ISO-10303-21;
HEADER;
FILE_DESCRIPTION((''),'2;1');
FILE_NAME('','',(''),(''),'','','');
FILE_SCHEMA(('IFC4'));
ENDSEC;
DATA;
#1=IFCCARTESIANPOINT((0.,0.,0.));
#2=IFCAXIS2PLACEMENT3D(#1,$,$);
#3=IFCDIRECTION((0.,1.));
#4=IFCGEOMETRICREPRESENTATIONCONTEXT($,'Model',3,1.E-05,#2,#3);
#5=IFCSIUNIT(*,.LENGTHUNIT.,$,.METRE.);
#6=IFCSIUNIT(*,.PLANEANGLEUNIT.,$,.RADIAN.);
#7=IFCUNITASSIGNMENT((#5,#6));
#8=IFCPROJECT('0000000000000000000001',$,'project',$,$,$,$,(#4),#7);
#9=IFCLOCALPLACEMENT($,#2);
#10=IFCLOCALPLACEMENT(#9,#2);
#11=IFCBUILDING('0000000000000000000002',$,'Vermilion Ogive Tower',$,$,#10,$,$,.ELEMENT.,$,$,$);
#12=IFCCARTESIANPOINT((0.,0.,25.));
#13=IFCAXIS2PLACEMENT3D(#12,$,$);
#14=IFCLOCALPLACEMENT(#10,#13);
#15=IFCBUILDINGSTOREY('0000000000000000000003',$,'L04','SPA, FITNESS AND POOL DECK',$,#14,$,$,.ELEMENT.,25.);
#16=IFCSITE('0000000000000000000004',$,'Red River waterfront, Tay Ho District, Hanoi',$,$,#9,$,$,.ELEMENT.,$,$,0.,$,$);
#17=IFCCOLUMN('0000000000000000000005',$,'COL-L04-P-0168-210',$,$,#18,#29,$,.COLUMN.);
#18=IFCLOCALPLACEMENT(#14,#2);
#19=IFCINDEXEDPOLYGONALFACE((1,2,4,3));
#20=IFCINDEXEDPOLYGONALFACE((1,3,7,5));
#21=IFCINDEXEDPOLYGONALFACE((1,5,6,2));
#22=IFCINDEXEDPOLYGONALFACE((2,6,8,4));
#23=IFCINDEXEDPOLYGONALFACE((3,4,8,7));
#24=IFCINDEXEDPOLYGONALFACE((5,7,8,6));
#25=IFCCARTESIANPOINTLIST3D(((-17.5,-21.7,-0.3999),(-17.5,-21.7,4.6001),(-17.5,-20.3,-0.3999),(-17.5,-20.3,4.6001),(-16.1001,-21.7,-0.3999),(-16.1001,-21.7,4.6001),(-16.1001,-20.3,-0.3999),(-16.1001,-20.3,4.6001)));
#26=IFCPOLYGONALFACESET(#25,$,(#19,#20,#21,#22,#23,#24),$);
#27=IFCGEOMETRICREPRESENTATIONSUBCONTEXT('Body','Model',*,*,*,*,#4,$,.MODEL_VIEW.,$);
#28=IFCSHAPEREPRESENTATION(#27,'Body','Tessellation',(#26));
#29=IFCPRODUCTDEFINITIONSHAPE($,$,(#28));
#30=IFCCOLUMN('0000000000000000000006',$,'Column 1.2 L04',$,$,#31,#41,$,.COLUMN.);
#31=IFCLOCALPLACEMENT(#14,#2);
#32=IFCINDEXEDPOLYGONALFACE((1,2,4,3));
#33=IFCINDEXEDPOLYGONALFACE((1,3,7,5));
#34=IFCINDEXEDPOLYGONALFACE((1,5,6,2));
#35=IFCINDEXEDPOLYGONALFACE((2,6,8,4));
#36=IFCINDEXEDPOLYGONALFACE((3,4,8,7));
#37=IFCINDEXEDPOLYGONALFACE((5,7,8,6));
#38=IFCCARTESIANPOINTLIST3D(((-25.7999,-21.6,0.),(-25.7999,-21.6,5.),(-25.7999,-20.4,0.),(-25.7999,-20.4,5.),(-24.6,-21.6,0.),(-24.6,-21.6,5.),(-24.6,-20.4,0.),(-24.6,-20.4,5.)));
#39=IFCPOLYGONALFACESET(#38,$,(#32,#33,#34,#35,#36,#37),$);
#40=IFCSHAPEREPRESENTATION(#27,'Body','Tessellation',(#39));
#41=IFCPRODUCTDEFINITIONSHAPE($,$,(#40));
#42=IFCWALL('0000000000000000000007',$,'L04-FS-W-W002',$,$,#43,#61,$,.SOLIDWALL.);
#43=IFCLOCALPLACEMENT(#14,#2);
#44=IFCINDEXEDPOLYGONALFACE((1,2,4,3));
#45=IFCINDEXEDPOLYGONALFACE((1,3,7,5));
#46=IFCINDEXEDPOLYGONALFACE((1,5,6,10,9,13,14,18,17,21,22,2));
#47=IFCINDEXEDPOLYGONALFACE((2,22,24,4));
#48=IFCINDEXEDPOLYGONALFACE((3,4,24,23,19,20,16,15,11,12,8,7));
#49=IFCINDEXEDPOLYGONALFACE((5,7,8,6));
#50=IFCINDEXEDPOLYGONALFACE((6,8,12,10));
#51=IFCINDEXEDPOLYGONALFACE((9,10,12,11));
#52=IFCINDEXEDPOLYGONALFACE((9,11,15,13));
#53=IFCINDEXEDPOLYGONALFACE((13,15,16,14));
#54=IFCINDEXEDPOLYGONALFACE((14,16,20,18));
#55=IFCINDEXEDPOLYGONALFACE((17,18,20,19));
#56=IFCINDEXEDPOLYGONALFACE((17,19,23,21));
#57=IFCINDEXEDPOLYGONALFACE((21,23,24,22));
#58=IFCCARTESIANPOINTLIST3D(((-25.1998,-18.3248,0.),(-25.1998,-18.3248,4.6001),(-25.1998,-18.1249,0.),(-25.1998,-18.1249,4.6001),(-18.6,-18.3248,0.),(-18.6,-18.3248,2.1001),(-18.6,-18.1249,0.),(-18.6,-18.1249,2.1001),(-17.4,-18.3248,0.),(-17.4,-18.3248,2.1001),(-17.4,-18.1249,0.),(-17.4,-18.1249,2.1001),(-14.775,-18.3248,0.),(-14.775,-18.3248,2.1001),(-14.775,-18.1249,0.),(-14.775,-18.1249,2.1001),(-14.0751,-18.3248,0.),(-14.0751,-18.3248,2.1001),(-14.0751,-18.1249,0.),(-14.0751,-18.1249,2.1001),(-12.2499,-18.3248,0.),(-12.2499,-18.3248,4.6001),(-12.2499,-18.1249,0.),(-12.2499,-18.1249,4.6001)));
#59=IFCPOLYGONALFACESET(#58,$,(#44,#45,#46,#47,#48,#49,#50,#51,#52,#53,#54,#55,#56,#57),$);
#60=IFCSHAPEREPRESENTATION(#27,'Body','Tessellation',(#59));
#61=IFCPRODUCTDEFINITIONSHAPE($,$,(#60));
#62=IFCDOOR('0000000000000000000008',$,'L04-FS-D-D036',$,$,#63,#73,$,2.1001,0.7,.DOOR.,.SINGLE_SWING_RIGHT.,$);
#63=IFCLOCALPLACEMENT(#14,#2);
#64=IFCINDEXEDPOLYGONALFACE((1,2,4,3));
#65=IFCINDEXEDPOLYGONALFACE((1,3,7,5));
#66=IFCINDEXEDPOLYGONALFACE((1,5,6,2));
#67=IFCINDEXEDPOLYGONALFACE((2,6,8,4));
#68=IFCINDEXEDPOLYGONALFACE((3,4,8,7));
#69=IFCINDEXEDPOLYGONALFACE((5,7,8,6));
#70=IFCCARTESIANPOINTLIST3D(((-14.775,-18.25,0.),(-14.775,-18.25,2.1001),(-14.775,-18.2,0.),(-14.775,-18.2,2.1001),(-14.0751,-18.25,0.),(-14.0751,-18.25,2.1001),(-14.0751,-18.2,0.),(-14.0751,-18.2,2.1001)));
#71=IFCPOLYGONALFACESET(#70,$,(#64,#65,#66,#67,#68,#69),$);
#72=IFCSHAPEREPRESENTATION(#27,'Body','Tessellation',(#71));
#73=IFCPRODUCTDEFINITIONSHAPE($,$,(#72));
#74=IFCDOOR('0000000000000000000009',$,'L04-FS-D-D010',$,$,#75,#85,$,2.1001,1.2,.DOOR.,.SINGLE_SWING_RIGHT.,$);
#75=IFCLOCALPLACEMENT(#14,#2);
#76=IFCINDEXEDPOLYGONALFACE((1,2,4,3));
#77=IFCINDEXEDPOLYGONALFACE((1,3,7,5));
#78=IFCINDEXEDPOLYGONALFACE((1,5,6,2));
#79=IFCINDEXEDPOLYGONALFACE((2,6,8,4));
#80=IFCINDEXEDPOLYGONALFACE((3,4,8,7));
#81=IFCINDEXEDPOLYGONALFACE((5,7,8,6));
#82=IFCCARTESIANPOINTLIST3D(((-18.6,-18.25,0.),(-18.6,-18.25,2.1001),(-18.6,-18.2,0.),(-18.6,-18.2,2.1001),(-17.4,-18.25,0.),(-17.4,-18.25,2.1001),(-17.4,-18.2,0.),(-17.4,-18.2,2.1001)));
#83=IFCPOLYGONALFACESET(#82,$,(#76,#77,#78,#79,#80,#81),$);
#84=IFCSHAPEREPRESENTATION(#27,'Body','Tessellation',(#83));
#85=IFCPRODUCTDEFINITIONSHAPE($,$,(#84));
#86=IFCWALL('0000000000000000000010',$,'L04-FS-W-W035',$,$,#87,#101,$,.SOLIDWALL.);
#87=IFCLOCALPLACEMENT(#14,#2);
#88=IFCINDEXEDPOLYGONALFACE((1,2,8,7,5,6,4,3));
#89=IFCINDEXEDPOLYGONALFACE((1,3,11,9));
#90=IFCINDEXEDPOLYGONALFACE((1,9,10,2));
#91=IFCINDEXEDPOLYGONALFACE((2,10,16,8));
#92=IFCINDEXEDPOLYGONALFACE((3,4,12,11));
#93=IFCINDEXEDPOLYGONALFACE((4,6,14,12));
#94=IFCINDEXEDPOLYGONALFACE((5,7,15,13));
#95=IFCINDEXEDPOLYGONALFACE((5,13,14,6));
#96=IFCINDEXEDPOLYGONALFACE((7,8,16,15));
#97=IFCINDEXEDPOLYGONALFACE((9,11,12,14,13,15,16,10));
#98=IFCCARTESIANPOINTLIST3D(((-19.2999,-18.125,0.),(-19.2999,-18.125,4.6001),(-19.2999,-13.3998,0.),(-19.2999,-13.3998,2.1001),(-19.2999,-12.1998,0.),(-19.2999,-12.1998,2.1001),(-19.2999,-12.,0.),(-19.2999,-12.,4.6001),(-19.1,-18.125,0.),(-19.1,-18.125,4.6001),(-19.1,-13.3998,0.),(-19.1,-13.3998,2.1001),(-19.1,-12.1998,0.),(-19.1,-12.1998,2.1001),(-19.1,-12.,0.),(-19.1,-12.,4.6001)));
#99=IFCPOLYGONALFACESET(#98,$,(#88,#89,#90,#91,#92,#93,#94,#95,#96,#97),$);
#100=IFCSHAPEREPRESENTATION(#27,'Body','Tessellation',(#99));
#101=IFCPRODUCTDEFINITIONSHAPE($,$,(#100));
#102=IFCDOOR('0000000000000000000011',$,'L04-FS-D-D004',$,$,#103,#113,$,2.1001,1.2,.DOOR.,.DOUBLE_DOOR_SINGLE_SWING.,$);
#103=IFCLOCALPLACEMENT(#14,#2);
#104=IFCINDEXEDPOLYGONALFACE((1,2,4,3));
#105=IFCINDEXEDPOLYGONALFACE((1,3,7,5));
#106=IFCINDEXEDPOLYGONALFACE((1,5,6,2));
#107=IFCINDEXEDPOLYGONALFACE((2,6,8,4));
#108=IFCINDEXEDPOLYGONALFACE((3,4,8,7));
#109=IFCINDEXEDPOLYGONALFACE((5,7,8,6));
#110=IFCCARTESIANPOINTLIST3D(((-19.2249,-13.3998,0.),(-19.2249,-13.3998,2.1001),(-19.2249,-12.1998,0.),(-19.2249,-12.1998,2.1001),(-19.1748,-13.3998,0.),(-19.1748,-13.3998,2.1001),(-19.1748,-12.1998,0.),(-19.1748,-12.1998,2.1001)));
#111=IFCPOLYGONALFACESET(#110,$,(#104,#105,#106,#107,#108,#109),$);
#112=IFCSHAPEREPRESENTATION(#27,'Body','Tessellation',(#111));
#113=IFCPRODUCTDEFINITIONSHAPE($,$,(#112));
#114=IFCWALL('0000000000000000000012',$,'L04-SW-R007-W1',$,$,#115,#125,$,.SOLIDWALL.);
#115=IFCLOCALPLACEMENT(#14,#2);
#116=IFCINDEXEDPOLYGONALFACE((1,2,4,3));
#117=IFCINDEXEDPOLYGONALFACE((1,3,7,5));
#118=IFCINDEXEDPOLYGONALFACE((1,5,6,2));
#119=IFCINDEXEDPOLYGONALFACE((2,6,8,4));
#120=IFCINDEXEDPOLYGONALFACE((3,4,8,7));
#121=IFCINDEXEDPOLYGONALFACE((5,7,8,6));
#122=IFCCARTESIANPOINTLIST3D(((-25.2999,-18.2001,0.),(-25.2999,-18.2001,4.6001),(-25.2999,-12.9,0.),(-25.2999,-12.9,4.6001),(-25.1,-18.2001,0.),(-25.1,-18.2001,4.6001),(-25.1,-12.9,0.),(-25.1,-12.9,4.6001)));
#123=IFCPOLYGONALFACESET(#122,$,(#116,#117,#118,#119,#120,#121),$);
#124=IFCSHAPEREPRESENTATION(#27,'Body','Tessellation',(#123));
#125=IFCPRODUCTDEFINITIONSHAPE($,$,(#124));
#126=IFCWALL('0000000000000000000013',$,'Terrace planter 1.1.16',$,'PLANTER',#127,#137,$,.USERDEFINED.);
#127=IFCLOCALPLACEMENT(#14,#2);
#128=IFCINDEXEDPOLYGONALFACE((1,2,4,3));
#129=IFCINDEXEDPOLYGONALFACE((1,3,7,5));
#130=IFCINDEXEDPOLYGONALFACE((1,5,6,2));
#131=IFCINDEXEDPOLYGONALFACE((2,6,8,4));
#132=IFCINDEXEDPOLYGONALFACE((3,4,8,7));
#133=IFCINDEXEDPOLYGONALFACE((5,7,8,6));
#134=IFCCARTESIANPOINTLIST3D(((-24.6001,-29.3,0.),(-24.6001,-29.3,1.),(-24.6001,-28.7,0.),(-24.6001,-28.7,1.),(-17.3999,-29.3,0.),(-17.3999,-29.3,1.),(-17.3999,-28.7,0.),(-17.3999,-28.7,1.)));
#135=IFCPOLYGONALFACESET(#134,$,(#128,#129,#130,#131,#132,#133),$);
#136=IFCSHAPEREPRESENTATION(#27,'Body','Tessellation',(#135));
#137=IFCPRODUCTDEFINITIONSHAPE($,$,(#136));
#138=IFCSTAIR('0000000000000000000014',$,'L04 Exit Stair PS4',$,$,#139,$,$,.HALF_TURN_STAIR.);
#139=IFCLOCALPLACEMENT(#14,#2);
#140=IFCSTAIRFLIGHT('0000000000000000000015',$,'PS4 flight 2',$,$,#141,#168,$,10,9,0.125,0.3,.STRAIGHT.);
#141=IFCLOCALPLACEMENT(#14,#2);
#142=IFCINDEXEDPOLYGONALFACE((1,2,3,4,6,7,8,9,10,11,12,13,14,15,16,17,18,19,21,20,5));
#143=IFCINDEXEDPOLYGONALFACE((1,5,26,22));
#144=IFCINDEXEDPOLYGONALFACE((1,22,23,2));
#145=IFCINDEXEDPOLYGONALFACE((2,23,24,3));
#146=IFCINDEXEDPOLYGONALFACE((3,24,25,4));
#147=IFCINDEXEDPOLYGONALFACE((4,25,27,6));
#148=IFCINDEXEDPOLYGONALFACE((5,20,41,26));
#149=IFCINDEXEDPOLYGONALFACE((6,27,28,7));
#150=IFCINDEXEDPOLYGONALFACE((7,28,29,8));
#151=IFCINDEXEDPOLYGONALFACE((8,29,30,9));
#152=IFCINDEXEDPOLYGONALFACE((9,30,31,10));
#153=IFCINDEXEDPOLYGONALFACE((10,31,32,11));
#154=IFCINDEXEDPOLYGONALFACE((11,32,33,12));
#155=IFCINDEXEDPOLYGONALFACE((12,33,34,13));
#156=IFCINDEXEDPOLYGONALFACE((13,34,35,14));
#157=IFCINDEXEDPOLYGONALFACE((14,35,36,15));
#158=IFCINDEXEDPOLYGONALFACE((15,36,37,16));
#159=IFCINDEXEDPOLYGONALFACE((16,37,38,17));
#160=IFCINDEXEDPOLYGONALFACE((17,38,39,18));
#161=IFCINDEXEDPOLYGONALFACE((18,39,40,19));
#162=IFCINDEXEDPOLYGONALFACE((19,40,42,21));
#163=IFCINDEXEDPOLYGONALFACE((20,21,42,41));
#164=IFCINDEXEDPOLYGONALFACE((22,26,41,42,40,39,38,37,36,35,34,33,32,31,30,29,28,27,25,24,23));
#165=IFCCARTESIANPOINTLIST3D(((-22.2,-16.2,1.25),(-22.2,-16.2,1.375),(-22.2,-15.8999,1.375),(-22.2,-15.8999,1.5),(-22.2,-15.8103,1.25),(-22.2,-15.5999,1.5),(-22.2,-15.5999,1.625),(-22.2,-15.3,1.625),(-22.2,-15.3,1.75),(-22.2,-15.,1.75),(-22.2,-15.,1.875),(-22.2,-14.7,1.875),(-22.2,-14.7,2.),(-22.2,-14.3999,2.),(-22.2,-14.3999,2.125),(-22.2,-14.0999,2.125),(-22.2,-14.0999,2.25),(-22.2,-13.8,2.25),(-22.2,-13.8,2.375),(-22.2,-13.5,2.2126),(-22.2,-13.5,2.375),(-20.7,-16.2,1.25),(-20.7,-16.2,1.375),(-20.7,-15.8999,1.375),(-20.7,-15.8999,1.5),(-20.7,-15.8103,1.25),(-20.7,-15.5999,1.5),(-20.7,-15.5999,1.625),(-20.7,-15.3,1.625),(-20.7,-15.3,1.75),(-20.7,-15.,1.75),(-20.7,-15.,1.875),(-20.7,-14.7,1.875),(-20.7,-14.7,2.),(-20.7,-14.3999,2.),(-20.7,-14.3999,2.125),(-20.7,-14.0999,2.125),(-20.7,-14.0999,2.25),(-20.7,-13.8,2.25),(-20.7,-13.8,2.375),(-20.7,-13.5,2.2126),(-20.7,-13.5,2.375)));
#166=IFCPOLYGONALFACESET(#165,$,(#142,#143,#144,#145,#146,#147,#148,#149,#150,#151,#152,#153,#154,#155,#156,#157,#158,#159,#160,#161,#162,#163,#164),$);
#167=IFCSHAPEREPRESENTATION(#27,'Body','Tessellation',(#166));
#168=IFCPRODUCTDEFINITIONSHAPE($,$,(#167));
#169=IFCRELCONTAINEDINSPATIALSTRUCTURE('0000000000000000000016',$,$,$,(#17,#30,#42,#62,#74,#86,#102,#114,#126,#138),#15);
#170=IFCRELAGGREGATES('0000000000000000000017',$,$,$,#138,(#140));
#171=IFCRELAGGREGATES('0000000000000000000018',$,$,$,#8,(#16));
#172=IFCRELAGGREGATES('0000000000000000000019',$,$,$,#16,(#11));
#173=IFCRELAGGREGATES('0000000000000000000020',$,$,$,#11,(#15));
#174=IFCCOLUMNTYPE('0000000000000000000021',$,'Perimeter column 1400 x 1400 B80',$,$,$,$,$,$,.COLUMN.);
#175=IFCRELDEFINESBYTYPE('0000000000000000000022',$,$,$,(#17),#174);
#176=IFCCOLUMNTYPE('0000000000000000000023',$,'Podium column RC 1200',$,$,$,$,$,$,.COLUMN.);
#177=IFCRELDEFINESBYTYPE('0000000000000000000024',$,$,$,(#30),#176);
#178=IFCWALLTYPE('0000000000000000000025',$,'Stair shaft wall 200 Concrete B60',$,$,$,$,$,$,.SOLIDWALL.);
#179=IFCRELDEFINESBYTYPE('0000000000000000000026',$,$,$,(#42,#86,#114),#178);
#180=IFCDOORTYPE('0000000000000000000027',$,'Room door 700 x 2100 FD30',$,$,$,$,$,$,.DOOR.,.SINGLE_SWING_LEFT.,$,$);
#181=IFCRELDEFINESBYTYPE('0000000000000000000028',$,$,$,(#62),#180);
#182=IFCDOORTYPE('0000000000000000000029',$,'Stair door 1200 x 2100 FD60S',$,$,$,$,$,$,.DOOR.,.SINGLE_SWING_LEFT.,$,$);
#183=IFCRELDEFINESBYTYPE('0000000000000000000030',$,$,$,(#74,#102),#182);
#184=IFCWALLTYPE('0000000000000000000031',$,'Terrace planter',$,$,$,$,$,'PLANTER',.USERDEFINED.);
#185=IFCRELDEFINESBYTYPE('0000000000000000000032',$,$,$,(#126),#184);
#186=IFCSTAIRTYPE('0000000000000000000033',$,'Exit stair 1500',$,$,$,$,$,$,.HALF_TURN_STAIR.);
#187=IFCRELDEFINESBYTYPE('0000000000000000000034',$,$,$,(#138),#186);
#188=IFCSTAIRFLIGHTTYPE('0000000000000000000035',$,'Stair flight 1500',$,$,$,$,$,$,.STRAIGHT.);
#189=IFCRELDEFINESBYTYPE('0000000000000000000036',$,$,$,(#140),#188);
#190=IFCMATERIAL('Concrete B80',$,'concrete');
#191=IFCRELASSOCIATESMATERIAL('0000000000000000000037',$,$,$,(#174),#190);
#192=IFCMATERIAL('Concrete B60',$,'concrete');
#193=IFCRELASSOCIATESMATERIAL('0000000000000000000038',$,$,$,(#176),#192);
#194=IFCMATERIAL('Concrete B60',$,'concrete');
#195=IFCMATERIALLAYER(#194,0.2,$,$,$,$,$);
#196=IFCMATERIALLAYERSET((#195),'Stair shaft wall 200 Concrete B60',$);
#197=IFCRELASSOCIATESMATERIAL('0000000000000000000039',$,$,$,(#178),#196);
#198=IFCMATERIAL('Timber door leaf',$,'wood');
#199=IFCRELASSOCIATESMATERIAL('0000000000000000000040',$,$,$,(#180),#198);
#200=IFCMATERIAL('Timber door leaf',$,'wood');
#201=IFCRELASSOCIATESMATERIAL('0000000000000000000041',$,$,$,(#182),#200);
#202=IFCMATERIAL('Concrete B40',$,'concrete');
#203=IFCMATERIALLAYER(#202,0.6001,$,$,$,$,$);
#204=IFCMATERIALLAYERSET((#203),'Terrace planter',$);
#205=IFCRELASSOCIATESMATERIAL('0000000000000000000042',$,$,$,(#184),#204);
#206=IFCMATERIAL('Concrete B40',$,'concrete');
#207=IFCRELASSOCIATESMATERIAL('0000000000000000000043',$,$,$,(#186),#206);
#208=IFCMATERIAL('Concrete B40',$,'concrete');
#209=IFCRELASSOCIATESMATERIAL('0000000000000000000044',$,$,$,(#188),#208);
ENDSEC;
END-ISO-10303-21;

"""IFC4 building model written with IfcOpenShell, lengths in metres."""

from ifc_helpers import new_model, si_unit, direction, frame, frame_2d, origin, origin_2d, place, context, subcontext, project, spatial, polyline, rectangle, outline, extrude, material, layer, layer_set, material_profile, profile_set, type_object, element, fill, aggregate, save


model = new_model("IFC4")

# Units and contexts
model_context = context("Model", 3, precision=1e-05, world=origin(), true_north=direction((0.0, 1.0)))
body_context = subcontext(model_context, "Body", "Model", "MODEL_VIEW")
ifc_project = project(units=[si_unit("LENGTHUNIT", "METRE"), si_unit("PLANEANGLEUNIT", "RADIAN")], contexts=[model_context])

# Site, building, storey
site_placement = place(None, origin())
site = spatial("IfcSite", under=ifc_project, at=site_placement, Name="Red River waterfront, Tay Ho District, Hanoi", CompositionType="ELEMENT", RefElevation=0.0)
building_placement = place(site_placement, origin())
building = spatial("IfcBuilding", under=site, at=building_placement, Name="Vermilion Ogive Tower", CompositionType="ELEMENT")
storey_placement = place(building_placement, frame((0.0, 0.0, 25.0)))
storey = spatial("IfcBuildingStorey", under=building, at=storey_placement, Name="L04", Description="SPA, FITNESS AND POOL DECK", CompositionType="ELEMENT", Elevation=25.0)

# Columns
ifc_material_1 = material(Name="Concrete B80", Category="concrete")
ifc_material_profile_1 = material_profile(ifc_material_1, rectangle(XDim=1.3999, YDim=1.3999, at=origin_2d()), Name="1400 x 1400")
ifc_profile_set_1 = profile_set([ifc_material_profile_1], Name="Concrete B80")
column_type_1 = type_object("IfcColumnType", Name="Perimeter column 1400 x 1400 B80", PredefinedType="COLUMN", material=ifc_profile_set_1)
column_1_placement = place(storey_placement, frame((-16.8, -21.0, -0.3999), z_axis=(0.0, 0.0, 1.0), x_axis=(1.0, 0.0, 0.0)))
element("IfcColumn", 1, at=column_1_placement, inside=storey, type_object=column_type_1, Name="COL-L04-P-0168-210", PredefinedType="COLUMN", context=body_context, shape_type="SweptSolid", body=[
    extrude(rectangle(XDim=1.3999, YDim=1.3999, at=origin_2d()), origin(), (0.0, 0.0, 1.0), 5.0),
])
ifc_material_2 = material(Name="Concrete B60", Category="concrete")
ifc_material_profile_2 = material_profile(ifc_material_2, rectangle(XDim=1.2, YDim=1.2, at=origin_2d()), Name="RC 1200x1200")
ifc_profile_set_2 = profile_set([ifc_material_profile_2], Name="Concrete B60")
column_type_2 = type_object("IfcColumnType", Name="Podium column RC 1200", PredefinedType="COLUMN", material=ifc_profile_set_2)
column_2_placement = place(storey_placement, frame((-25.2, -21.0, 0.0), z_axis=(0.0, 0.0, 1.0), x_axis=(1.0, 0.0, 0.0)))
element("IfcColumn", 2, at=column_2_placement, inside=storey, type_object=column_type_2, Name="Column 1.2 L04", PredefinedType="COLUMN", context=body_context, shape_type="SweptSolid", body=[
    extrude(rectangle(XDim=1.2, YDim=1.2, at=origin_2d()), origin(), (0.0, 0.0, 1.0), 5.0),
])

# Wall, openings, doors
ifc_material_3 = material(Name="Concrete B60", Category="concrete")
ifc_layer_1 = layer(ifc_material_3, 0.2)
ifc_layer_set_1 = layer_set([ifc_layer_1], Name="Stair shaft wall 200 Concrete B60")
wall_type_1 = type_object("IfcWallType", Name="Stair shaft wall 200 Concrete B60", PredefinedType="SOLIDWALL", material=ifc_layer_set_1)
wall_1_placement = place(storey_placement, frame((-25.2, -18.2249, 0.0), z_axis=(0.0, 0.0, 1.0), x_axis=(1.0, 0.0, 0.0)))
wall_1 = element("IfcWall", 3, at=wall_1_placement, inside=storey, type_object=wall_type_1, Name="L04-FS-W-W002", PredefinedType="SOLIDWALL", context=body_context, shape_type="SweptSolid", body=[
    extrude(rectangle(XDim=12.95, YDim=0.2, at=frame_2d((6.4751, 0.0))), origin(), (0.0, 0.0, 1.0), 4.6001),
])
opening_1_placement = place(wall_1_placement, frame((6.5999, 0.0, 0.0)))
opening_1 = element("IfcOpeningElement", 4, at=opening_1_placement, cuts=wall_1, PredefinedType="OPENING", context=body_context, shape_type="SweptSolid", body=[
    extrude(rectangle(XDim=1.2, YDim=2.1001, at=frame_2d((0.6001, 1.05))), frame((0.0, 0.1099, 0.0), z_axis=(0.0, -1.0, 0.0), x_axis=(1.0, 0.0, 0.0)), (0.0, 0.0, 1.0), 0.22),
])
opening_2_placement = place(wall_1_placement, frame((10.4248, 0.0, 0.0)))
opening_2 = element("IfcOpeningElement", 5, at=opening_2_placement, cuts=wall_1, PredefinedType="OPENING", context=body_context, shape_type="SweptSolid", body=[
    extrude(rectangle(XDim=0.7, YDim=2.1001, at=frame_2d((0.3501, 1.05))), frame((0.0, 0.1099, 0.0), z_axis=(0.0, -1.0, 0.0), x_axis=(1.0, 0.0, 0.0)), (0.0, 0.0, 1.0), 0.22),
])
ifc_material_4 = material(Name="Timber door leaf", Category="wood")
door_type_1 = type_object("IfcDoorType", Name="Room door 700 x 2100 FD30", OperationType="SINGLE_SWING_LEFT", PredefinedType="DOOR", material=ifc_material_4)
door_1_placement = place(opening_2_placement, origin())
door_1 = element("IfcDoor", 6, at=door_1_placement, inside=storey, type_object=door_type_1, Name="L04-FS-D-D036", OperationType="SINGLE_SWING_RIGHT", OverallHeight=2.1001, OverallWidth=0.7, PredefinedType="DOOR", context=body_context, shape_type="SweptSolid", body=[
    extrude(rectangle(XDim=0.7, YDim=2.1001, at=frame_2d((0.3501, 1.05))), frame((0.0, 0.0249, 0.0), z_axis=(0.0, -1.0, 0.0), x_axis=(1.0, 0.0, 0.0)), (0.0, 0.0, 1.0), 0.05),
])
fill(opening_2, door_1)
ifc_material_5 = material(Name="Timber door leaf", Category="wood")
door_type_2 = type_object("IfcDoorType", Name="Stair door 1200 x 2100 FD60S", OperationType="SINGLE_SWING_LEFT", PredefinedType="DOOR", material=ifc_material_5)
door_2_placement = place(opening_1_placement, origin())
door_2 = element("IfcDoor", 7, at=door_2_placement, inside=storey, type_object=door_type_2, Name="L04-FS-D-D010", OperationType="SINGLE_SWING_RIGHT", OverallHeight=2.1001, OverallWidth=1.2, PredefinedType="DOOR", context=body_context, shape_type="SweptSolid", body=[
    extrude(rectangle(XDim=1.2, YDim=2.1001, at=frame_2d((0.6001, 1.05))), frame((0.0, 0.0249, 0.0), z_axis=(0.0, -1.0, 0.0), x_axis=(1.0, 0.0, 0.0)), (0.0, 0.0, 1.0), 0.05),
])
fill(opening_1, door_2)

# Wall, opening, door
wall_2_placement = place(storey_placement, frame((-19.2, -18.125, 0.0), z_axis=(0.0, 0.0, 1.0), x_axis=(0.0, 1.0, 0.0)))
wall_2 = element("IfcWall", 8, at=wall_2_placement, inside=storey, type_object=wall_type_1, Name="L04-FS-W-W035", PredefinedType="SOLIDWALL", context=body_context, shape_type="SweptSolid", body=[
    extrude(rectangle(XDim=6.125, YDim=0.2, at=frame_2d((3.0625, 0.0))), origin(), (0.0, 0.0, 1.0), 4.6001),
])
opening_3_placement = place(wall_2_placement, frame((4.7251, 0.0, 0.0)))
opening_3 = element("IfcOpeningElement", 9, at=opening_3_placement, cuts=wall_2, PredefinedType="OPENING", context=body_context, shape_type="SweptSolid", body=[
    extrude(rectangle(XDim=1.2, YDim=2.1001, at=frame_2d((0.6001, 1.05))), frame((0.0, 0.1099, 0.0), z_axis=(0.0, -1.0, 0.0), x_axis=(1.0, 0.0, 0.0)), (0.0, 0.0, 1.0), 0.22),
])
door_3_placement = place(opening_3_placement, origin())
door_3 = element("IfcDoor", 10, at=door_3_placement, inside=storey, type_object=door_type_2, Name="L04-FS-D-D004", OperationType="DOUBLE_DOOR_SINGLE_SWING", OverallHeight=2.1001, OverallWidth=1.2, PredefinedType="DOOR", context=body_context, shape_type="SweptSolid", body=[
    extrude(rectangle(XDim=1.2, YDim=2.1001, at=frame_2d((0.6001, 1.05))), frame((0.0, 0.0249, 0.0), z_axis=(0.0, -1.0, 0.0), x_axis=(1.0, 0.0, 0.0)), (0.0, 0.0, 1.0), 0.05),
])
fill(opening_3, door_3)

# Walls
wall_3_placement = place(storey_placement, frame((-25.2, -18.2, 0.0), z_axis=(0.0, 0.0, 1.0), x_axis=(0.0, 1.0, 0.0)))
element("IfcWall", 11, at=wall_3_placement, inside=storey, type_object=wall_type_1, Name="L04-SW-R007-W1", PredefinedType="SOLIDWALL", context=body_context, shape_type="SweptSolid", body=[
    extrude(rectangle(XDim=5.3, YDim=0.2, at=frame_2d((2.6499, 0.0))), origin(), (0.0, 0.0, 1.0), 4.6001),
])
ifc_material_6 = material(Name="Concrete B40", Category="concrete")
ifc_layer_2 = layer(ifc_material_6, 0.6001)
ifc_layer_set_2 = layer_set([ifc_layer_2], Name="Terrace planter")
wall_type_2 = type_object("IfcWallType", Name="Terrace planter", ElementType="PLANTER", PredefinedType="USERDEFINED", material=ifc_layer_set_2)
wall_4_placement = place(storey_placement, frame((-17.3999, -29.0, 0.0), z_axis=(0.0, 0.0, 1.0), x_axis=(-1.0, 0.0, 0.0)))
element("IfcWall", 12, at=wall_4_placement, inside=storey, type_object=wall_type_2, Name="Terrace planter 1.1.16", ObjectType="PLANTER", PredefinedType="USERDEFINED", context=body_context, shape_type="SweptSolid", body=[
    extrude(rectangle(XDim=7.2002, YDim=0.6001, at=frame_2d((3.6001, 0.0))), origin(), (0.0, 0.0, 1.0), 1.0),
])

# Stair, stair flight
ifc_material_7 = material(Name="Concrete B40", Category="concrete")
stair_type = type_object("IfcStairType", Name="Exit stair 1500", PredefinedType="HALF_TURN_STAIR", material=ifc_material_7)
stair_placement = place(storey_placement, origin())
stair = element("IfcStair", 13, at=stair_placement, inside=storey, type_object=stair_type, Name="L04 Exit Stair PS4", PredefinedType="HALF_TURN_STAIR")
ifc_material_8 = material(Name="Concrete B40", Category="concrete")
stair_flight_type = type_object("IfcStairFlightType", Name="Stair flight 1500", PredefinedType="STRAIGHT", material=ifc_material_8)
stair_flight_1_placement = place(storey_placement, frame((-21.45, -16.2, 1.25), z_axis=(0.0, 0.0, 1.0), x_axis=(0.0, 1.0, 0.0)))
stair_flight_1 = element("IfcStairFlight", 14, at=stair_flight_1_placement, type_object=stair_flight_type, Name="PS4 flight 2", NumberOfRisers=10, NumberOfTreads=9, PredefinedType="STRAIGHT", RiserHeight=0.125, TreadLength=0.3, context=body_context, shape_type="SweptSolid", body=[
    extrude(outline(polyline([(0.0, 0.0), (0.0, 0.125), (0.3, 0.125), (0.3, 0.25), (0.6001, 0.25), (0.6001, 0.375), (0.8999, 0.375), (0.8999, 0.5), (1.2, 0.5), (1.2, 0.625), (1.5, 0.625), (1.5, 0.75), (1.8, 0.75), (1.8, 0.875), (2.1001, 0.875), (2.1001, 1.0), (2.3999, 1.0), (2.3999, 1.125), (2.7, 1.125), (2.7, 1.25), (2.7, 0.9626), (0.3896, 0.0), (0.0, 0.0)])), frame((0.0, 0.75, 0.0), z_axis=(0.0, -1.0, 0.0), x_axis=(1.0, 0.0, 0.0)), (0.0, 0.0, 1.0), 1.5),
])
aggregate(stair, [stair_flight_1])

save(model, "model.ifc")
